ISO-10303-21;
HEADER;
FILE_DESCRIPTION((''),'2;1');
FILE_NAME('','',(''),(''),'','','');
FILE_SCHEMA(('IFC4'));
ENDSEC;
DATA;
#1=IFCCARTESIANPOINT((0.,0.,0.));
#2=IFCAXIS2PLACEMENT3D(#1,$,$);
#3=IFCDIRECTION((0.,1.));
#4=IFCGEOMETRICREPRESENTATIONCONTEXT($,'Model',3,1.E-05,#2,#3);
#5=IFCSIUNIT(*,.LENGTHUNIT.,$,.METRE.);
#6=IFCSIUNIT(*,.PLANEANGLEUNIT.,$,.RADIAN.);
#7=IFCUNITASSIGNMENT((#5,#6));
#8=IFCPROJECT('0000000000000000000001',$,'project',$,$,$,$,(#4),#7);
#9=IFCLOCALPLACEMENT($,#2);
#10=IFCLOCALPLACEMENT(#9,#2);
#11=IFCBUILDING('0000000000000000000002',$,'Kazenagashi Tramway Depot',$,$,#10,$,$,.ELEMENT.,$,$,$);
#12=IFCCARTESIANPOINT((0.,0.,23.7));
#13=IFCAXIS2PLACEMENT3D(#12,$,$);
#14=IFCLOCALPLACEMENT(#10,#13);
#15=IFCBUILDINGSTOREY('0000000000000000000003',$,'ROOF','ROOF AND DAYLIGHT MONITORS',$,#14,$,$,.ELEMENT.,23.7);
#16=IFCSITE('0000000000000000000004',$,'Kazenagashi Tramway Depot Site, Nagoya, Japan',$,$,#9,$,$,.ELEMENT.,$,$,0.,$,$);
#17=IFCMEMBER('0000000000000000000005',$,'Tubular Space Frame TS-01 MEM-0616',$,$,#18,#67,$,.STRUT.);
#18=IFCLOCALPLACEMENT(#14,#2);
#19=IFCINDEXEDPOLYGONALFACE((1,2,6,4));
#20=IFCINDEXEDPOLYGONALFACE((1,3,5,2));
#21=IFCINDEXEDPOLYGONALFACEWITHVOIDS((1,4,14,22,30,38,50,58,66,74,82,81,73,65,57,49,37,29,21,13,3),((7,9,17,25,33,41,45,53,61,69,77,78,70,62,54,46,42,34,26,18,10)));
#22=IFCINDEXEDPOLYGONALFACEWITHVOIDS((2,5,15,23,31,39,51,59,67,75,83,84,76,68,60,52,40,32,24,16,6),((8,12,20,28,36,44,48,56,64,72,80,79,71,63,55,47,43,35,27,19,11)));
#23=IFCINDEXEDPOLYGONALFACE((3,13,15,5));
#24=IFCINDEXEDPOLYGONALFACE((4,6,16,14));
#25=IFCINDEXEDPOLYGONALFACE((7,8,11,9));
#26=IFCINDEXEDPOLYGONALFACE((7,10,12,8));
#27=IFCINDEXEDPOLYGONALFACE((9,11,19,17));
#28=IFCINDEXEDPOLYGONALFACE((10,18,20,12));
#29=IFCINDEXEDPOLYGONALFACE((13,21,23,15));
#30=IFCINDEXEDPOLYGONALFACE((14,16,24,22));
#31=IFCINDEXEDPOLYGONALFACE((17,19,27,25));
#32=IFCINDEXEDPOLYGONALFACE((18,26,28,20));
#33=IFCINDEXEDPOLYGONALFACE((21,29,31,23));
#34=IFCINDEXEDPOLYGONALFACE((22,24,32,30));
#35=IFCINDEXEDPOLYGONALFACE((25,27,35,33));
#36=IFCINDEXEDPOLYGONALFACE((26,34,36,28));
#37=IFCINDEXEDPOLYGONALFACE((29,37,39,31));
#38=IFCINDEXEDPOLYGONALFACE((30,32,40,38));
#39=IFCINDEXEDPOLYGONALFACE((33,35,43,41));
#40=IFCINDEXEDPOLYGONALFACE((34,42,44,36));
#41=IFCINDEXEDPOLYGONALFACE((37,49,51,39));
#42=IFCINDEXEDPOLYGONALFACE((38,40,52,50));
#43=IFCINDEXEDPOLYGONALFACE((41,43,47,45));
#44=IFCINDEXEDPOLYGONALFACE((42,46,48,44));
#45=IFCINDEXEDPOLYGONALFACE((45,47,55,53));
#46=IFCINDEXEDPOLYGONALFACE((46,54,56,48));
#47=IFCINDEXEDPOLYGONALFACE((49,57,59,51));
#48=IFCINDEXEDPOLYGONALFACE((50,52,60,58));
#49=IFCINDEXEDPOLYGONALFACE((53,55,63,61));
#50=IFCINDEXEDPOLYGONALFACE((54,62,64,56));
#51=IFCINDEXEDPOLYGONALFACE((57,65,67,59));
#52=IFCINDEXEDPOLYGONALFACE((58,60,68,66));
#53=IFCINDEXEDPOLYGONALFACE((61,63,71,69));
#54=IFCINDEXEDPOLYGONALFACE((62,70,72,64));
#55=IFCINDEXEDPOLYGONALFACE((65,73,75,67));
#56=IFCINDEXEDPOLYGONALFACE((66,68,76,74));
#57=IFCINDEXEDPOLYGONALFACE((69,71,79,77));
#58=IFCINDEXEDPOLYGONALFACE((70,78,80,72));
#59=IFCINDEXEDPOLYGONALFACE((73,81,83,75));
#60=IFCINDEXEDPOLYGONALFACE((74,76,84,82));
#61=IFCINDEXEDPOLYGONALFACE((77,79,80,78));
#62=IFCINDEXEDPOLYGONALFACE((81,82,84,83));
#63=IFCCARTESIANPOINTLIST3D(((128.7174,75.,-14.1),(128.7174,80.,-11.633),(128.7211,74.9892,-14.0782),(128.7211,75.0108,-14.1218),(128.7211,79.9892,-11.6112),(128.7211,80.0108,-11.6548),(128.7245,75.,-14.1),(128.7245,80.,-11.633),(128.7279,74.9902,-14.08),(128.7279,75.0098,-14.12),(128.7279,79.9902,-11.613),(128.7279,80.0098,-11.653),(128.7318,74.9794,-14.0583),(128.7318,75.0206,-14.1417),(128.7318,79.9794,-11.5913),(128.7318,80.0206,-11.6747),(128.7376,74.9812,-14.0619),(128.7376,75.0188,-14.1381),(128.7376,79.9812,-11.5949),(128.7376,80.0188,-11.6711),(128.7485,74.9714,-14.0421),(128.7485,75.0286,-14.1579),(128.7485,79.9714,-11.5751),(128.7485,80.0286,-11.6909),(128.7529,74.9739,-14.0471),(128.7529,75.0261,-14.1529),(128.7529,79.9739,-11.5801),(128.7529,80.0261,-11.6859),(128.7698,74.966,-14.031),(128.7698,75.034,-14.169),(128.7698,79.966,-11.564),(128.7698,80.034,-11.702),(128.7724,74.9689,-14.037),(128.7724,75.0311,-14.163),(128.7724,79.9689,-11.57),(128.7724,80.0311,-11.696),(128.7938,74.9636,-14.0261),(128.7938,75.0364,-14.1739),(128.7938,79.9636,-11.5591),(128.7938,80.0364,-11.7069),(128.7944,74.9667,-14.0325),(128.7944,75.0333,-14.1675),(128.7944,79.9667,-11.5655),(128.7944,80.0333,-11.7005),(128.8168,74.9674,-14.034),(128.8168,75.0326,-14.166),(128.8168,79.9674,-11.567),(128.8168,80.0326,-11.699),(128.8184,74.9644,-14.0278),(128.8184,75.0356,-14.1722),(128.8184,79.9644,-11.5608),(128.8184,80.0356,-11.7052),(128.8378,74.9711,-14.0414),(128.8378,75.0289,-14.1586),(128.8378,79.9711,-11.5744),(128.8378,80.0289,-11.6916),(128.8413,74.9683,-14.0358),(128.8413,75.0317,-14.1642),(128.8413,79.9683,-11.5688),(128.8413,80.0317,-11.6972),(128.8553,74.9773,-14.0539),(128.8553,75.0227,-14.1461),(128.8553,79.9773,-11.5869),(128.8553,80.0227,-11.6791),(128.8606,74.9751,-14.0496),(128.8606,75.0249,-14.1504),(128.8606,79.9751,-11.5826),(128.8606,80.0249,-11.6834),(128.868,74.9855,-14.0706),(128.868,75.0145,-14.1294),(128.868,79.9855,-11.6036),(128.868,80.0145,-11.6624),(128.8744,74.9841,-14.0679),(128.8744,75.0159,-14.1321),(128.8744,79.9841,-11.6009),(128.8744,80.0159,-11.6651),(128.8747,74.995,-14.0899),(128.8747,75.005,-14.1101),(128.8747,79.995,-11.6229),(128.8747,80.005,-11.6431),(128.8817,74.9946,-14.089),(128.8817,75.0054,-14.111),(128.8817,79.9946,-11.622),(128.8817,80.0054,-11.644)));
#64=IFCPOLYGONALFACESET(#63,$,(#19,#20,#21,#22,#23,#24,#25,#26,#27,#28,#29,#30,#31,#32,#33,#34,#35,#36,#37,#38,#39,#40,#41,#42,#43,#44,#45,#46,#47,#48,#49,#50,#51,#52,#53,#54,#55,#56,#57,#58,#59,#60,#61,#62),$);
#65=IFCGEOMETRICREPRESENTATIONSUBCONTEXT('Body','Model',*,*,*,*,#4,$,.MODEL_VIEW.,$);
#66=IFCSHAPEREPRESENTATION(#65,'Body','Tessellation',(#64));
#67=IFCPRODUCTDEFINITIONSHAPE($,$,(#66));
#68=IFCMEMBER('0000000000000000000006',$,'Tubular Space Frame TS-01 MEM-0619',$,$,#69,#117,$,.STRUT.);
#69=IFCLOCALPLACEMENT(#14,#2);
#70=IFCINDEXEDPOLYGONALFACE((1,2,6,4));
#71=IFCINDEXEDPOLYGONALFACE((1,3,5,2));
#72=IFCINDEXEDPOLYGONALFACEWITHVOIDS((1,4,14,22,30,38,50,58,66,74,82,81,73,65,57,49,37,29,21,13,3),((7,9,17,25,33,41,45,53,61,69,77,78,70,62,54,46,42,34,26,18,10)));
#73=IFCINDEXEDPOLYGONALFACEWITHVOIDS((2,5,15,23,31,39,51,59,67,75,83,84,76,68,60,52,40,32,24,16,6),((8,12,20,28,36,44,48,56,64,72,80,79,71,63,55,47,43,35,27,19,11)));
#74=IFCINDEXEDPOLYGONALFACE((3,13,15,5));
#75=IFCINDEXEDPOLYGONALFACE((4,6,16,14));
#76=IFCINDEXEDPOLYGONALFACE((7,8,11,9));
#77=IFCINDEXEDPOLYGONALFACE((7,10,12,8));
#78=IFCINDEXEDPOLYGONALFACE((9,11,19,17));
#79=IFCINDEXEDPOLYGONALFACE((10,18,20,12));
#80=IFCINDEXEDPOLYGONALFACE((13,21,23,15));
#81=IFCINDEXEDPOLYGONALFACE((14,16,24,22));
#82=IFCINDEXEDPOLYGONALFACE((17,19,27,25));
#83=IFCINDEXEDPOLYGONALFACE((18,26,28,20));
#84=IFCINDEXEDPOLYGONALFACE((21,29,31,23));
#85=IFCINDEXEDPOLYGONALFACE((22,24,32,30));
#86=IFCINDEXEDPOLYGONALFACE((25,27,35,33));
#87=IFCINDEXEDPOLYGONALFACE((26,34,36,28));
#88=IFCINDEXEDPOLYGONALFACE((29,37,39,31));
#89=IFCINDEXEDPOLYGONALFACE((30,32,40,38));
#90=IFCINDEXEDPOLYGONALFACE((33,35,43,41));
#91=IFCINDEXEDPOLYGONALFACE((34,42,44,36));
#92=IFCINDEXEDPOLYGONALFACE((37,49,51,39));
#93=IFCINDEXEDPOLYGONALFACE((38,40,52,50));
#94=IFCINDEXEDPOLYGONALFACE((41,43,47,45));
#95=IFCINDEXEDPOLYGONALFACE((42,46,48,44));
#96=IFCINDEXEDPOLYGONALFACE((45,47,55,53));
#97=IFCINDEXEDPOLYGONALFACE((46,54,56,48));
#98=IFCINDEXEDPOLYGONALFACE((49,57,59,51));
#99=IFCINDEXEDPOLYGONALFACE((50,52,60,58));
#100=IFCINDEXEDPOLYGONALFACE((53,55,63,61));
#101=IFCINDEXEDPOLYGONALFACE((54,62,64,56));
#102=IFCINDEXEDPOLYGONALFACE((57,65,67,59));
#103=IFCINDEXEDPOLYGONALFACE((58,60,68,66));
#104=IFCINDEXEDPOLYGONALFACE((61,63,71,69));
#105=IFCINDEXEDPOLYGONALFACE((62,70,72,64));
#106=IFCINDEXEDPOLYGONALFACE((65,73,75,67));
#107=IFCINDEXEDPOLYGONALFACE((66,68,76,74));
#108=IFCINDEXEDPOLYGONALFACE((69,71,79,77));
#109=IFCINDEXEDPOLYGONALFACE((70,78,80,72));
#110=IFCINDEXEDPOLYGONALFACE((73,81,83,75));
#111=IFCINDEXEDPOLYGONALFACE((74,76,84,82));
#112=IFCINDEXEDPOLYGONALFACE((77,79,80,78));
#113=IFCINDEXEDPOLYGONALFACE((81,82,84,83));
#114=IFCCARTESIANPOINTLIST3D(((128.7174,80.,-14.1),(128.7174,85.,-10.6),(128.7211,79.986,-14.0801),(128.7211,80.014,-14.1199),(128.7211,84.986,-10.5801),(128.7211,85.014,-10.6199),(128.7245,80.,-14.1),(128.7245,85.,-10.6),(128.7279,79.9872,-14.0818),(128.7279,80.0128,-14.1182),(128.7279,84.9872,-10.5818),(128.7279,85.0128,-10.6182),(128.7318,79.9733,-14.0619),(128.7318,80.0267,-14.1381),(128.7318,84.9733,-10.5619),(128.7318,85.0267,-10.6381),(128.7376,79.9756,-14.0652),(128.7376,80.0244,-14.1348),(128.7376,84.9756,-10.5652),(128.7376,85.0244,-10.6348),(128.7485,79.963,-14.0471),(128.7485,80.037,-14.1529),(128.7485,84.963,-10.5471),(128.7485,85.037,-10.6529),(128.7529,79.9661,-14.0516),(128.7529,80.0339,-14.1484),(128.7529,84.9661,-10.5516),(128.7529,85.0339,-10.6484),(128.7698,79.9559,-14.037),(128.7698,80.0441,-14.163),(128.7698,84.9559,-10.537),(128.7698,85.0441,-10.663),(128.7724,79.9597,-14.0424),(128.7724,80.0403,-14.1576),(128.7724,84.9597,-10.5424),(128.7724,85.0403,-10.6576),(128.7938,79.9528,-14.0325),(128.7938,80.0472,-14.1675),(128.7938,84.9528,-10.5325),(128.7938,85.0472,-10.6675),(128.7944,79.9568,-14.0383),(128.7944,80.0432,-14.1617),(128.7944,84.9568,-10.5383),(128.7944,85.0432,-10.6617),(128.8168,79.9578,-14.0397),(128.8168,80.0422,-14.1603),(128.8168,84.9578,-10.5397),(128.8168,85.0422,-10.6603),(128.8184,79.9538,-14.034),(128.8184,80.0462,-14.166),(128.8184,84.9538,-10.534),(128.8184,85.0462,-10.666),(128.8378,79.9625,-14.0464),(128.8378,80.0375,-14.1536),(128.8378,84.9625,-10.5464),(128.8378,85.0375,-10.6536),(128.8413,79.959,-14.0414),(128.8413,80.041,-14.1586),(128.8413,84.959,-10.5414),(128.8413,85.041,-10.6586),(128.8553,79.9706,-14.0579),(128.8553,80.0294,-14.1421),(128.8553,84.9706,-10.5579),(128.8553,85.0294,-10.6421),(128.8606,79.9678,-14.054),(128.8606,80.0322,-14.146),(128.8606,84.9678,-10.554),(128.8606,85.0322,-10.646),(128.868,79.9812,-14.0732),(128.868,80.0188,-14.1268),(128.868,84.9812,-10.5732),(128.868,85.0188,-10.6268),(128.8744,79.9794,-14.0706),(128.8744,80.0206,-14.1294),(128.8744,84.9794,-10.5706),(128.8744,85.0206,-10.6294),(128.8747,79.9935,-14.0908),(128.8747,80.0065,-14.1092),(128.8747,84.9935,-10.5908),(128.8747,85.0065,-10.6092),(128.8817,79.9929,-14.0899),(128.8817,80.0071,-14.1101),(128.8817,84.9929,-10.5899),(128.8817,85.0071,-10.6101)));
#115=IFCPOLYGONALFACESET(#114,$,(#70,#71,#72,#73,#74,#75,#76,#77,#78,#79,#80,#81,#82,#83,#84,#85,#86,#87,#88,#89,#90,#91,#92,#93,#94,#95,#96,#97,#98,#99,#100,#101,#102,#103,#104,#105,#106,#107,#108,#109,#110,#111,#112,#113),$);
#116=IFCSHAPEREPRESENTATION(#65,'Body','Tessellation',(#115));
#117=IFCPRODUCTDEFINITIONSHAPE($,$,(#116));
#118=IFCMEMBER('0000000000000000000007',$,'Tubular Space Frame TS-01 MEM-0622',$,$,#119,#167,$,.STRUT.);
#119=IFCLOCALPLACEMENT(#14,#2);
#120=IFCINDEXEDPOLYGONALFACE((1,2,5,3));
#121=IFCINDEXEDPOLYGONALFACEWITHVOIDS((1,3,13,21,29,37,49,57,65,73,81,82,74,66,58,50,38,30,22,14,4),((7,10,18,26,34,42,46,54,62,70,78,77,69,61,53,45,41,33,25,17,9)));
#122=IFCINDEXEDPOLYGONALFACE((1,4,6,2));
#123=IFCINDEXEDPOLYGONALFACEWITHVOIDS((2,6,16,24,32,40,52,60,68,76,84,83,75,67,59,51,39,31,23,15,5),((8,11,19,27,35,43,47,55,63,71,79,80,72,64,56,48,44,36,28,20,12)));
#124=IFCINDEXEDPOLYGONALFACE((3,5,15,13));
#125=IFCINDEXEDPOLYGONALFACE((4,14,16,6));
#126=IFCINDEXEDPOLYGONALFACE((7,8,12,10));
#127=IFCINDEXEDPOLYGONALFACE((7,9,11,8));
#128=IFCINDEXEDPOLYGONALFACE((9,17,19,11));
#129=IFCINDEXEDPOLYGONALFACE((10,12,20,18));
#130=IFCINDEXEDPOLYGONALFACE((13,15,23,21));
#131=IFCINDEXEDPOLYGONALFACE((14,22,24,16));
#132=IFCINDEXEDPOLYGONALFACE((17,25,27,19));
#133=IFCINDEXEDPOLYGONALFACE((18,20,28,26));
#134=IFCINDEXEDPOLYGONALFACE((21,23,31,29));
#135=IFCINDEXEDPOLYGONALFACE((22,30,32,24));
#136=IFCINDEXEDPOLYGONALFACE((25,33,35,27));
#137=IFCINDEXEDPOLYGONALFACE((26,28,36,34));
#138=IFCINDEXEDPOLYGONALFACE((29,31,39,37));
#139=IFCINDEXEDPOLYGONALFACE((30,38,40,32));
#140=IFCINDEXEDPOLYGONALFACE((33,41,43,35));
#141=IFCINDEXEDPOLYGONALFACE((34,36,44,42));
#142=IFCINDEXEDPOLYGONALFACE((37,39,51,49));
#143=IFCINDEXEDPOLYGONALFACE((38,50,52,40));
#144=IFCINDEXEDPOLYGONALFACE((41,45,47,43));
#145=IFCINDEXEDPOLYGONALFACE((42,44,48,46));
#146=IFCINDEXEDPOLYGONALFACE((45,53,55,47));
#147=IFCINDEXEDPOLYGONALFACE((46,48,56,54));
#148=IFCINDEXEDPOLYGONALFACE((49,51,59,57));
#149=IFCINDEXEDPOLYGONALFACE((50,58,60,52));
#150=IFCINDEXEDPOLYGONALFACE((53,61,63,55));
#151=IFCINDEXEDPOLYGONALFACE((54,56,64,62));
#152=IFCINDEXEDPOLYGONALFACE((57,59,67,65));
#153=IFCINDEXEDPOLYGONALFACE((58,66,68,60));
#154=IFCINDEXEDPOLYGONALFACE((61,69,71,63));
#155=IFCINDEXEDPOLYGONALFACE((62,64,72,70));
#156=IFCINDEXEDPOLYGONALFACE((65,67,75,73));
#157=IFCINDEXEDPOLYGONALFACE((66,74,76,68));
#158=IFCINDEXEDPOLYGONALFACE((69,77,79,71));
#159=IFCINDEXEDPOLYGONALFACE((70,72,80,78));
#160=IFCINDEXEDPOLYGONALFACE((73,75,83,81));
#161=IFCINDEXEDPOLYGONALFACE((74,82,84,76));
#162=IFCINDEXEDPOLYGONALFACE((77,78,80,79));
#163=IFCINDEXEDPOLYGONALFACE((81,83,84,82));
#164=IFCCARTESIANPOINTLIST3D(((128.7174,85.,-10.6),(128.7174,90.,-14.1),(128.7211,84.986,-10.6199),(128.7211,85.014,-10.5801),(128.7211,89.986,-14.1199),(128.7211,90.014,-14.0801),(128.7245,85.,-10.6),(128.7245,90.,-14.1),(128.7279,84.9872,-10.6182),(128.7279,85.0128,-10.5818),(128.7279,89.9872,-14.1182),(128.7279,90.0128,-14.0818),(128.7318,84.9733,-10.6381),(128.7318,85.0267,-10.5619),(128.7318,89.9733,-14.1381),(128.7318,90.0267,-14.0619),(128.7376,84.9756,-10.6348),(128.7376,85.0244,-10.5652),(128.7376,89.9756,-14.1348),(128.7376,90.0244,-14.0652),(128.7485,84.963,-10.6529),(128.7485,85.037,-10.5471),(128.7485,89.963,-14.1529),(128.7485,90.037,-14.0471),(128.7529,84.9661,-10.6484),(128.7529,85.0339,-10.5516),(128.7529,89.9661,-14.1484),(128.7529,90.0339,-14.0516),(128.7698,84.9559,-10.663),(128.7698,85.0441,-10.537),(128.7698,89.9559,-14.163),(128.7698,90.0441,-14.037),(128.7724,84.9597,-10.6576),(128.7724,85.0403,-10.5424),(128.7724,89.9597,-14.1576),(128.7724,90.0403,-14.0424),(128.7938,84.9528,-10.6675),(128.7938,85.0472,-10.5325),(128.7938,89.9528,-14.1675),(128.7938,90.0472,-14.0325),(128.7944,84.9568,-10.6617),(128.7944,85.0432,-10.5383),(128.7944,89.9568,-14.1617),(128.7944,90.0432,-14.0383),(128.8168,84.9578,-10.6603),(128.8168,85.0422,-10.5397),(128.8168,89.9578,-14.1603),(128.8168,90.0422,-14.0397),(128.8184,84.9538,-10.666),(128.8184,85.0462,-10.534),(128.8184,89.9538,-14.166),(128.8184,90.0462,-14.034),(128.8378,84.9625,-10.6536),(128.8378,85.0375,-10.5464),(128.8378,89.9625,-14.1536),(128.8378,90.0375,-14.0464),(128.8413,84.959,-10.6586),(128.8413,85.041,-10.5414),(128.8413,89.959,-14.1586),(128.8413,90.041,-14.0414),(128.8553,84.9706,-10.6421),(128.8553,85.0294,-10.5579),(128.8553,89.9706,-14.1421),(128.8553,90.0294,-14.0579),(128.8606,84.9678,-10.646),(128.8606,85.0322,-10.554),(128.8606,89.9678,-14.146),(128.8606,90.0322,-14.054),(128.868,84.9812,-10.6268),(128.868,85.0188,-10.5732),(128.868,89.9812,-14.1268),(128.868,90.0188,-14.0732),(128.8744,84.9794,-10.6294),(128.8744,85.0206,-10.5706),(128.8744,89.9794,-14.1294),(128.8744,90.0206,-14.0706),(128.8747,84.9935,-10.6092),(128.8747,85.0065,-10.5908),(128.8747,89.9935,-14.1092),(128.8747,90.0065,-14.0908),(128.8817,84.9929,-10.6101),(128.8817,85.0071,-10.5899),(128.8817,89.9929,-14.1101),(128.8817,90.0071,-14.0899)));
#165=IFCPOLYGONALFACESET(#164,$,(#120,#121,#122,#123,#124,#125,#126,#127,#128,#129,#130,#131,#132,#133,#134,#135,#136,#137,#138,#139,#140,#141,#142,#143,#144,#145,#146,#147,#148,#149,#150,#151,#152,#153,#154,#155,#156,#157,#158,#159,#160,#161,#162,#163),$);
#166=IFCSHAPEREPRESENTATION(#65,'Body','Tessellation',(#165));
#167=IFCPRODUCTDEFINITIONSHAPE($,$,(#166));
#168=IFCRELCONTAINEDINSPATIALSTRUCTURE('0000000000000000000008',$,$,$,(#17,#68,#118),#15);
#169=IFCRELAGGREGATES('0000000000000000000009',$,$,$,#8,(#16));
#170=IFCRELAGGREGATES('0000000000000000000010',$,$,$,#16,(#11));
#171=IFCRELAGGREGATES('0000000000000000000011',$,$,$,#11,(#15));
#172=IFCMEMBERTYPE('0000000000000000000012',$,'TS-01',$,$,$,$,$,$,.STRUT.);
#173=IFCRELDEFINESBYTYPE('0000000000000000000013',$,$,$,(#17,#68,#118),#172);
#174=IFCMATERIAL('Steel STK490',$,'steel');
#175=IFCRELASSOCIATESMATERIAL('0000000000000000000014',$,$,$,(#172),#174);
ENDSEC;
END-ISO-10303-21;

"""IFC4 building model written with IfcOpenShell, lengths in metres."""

from ifc_helpers import new_model, si_unit, direction, frame, origin, origin_2d, place, context, subcontext, project, spatial, hollow_circle, extrude, material, material_profile, profile_set, type_object, element, save


model = new_model("IFC4")

# Units and contexts
model_context = context("Model", 3, precision=1e-05, world=origin(), true_north=direction((0.0, 1.0)))
body_context = subcontext(model_context, "Body", "Model", "MODEL_VIEW")
ifc_project = project(units=[si_unit("LENGTHUNIT", "METRE"), si_unit("PLANEANGLEUNIT", "RADIAN")], contexts=[model_context])

# Site, building, storey
site_placement = place(None, origin())
site = spatial("IfcSite", under=ifc_project, at=site_placement, Name="Kazenagashi Tramway Depot Site, Nagoya, Japan", CompositionType="ELEMENT", RefElevation=0.0)
building_placement = place(site_placement, origin())
building = spatial("IfcBuilding", under=site, at=building_placement, Name="Kazenagashi Tramway Depot", CompositionType="ELEMENT")
storey_placement = place(building_placement, frame((0.0, 0.0, 23.7)))
storey = spatial("IfcBuildingStorey", under=building, at=storey_placement, Name="ROOF", Description="ROOF AND DAYLIGHT MONITORS", CompositionType="ELEMENT", Elevation=23.7)

# Members
ifc_material_1 = material(Name="Steel STK490", Category="steel")
ifc_material_profile_1 = material_profile(ifc_material_1, hollow_circle(Radius=0.0826, WallThickness=0.0071, at=origin_2d()), Name="CHS-165.2x7.1")
ifc_profile_set_1 = profile_set([ifc_material_profile_1], Name="Steel STK490")
member_type_1 = type_object("IfcMemberType", Name="TS-01", PredefinedType="STRUT", material=ifc_profile_set_1)
member_1_placement = place(storey_placement, frame((128.8, 75.0, -14.1), z_axis=(0.0, 0.896782, 0.442472), x_axis=(-1.0, 0.0, 0.0)))
element("IfcMember", 1, at=member_1_placement, inside=storey, type_object=member_type_1, Name="Tubular Space Frame TS-01 MEM-0616", PredefinedType="STRUT", context=body_context, shape_type="SweptSolid", body=[
    extrude(hollow_circle(Radius=0.0826, WallThickness=0.0071, at=origin_2d()), origin(), (0.0, 0.0, 1.0), 5.5755),
])
for number, where, z_axis, x_axis, name in (
    (2, (128.8, 80.0, -14.1), (0.0, 0.819232, 0.573462), (-1.0, 0.0, 0.0), "Tubular Space Frame TS-01 MEM-0619"),
    (3, (128.8, 85.0, -10.6), (0.0, 0.819232, -0.573462), (-1.0, 0.0, 0.0), "Tubular Space Frame TS-01 MEM-0622"),
):
    element("IfcMember", number, at=place(storey_placement, frame(where, z_axis=z_axis, x_axis=x_axis)), inside=storey, type_object=member_type_1, Name=name, PredefinedType="STRUT", context=body_context, shape_type="SweptSolid", body=[
        extrude(hollow_circle(Radius=0.0826, WallThickness=0.0071, at=origin_2d()), origin(), (0.0, 0.0, 1.0), 6.1033),
    ])

save(model, "model.ifc")
